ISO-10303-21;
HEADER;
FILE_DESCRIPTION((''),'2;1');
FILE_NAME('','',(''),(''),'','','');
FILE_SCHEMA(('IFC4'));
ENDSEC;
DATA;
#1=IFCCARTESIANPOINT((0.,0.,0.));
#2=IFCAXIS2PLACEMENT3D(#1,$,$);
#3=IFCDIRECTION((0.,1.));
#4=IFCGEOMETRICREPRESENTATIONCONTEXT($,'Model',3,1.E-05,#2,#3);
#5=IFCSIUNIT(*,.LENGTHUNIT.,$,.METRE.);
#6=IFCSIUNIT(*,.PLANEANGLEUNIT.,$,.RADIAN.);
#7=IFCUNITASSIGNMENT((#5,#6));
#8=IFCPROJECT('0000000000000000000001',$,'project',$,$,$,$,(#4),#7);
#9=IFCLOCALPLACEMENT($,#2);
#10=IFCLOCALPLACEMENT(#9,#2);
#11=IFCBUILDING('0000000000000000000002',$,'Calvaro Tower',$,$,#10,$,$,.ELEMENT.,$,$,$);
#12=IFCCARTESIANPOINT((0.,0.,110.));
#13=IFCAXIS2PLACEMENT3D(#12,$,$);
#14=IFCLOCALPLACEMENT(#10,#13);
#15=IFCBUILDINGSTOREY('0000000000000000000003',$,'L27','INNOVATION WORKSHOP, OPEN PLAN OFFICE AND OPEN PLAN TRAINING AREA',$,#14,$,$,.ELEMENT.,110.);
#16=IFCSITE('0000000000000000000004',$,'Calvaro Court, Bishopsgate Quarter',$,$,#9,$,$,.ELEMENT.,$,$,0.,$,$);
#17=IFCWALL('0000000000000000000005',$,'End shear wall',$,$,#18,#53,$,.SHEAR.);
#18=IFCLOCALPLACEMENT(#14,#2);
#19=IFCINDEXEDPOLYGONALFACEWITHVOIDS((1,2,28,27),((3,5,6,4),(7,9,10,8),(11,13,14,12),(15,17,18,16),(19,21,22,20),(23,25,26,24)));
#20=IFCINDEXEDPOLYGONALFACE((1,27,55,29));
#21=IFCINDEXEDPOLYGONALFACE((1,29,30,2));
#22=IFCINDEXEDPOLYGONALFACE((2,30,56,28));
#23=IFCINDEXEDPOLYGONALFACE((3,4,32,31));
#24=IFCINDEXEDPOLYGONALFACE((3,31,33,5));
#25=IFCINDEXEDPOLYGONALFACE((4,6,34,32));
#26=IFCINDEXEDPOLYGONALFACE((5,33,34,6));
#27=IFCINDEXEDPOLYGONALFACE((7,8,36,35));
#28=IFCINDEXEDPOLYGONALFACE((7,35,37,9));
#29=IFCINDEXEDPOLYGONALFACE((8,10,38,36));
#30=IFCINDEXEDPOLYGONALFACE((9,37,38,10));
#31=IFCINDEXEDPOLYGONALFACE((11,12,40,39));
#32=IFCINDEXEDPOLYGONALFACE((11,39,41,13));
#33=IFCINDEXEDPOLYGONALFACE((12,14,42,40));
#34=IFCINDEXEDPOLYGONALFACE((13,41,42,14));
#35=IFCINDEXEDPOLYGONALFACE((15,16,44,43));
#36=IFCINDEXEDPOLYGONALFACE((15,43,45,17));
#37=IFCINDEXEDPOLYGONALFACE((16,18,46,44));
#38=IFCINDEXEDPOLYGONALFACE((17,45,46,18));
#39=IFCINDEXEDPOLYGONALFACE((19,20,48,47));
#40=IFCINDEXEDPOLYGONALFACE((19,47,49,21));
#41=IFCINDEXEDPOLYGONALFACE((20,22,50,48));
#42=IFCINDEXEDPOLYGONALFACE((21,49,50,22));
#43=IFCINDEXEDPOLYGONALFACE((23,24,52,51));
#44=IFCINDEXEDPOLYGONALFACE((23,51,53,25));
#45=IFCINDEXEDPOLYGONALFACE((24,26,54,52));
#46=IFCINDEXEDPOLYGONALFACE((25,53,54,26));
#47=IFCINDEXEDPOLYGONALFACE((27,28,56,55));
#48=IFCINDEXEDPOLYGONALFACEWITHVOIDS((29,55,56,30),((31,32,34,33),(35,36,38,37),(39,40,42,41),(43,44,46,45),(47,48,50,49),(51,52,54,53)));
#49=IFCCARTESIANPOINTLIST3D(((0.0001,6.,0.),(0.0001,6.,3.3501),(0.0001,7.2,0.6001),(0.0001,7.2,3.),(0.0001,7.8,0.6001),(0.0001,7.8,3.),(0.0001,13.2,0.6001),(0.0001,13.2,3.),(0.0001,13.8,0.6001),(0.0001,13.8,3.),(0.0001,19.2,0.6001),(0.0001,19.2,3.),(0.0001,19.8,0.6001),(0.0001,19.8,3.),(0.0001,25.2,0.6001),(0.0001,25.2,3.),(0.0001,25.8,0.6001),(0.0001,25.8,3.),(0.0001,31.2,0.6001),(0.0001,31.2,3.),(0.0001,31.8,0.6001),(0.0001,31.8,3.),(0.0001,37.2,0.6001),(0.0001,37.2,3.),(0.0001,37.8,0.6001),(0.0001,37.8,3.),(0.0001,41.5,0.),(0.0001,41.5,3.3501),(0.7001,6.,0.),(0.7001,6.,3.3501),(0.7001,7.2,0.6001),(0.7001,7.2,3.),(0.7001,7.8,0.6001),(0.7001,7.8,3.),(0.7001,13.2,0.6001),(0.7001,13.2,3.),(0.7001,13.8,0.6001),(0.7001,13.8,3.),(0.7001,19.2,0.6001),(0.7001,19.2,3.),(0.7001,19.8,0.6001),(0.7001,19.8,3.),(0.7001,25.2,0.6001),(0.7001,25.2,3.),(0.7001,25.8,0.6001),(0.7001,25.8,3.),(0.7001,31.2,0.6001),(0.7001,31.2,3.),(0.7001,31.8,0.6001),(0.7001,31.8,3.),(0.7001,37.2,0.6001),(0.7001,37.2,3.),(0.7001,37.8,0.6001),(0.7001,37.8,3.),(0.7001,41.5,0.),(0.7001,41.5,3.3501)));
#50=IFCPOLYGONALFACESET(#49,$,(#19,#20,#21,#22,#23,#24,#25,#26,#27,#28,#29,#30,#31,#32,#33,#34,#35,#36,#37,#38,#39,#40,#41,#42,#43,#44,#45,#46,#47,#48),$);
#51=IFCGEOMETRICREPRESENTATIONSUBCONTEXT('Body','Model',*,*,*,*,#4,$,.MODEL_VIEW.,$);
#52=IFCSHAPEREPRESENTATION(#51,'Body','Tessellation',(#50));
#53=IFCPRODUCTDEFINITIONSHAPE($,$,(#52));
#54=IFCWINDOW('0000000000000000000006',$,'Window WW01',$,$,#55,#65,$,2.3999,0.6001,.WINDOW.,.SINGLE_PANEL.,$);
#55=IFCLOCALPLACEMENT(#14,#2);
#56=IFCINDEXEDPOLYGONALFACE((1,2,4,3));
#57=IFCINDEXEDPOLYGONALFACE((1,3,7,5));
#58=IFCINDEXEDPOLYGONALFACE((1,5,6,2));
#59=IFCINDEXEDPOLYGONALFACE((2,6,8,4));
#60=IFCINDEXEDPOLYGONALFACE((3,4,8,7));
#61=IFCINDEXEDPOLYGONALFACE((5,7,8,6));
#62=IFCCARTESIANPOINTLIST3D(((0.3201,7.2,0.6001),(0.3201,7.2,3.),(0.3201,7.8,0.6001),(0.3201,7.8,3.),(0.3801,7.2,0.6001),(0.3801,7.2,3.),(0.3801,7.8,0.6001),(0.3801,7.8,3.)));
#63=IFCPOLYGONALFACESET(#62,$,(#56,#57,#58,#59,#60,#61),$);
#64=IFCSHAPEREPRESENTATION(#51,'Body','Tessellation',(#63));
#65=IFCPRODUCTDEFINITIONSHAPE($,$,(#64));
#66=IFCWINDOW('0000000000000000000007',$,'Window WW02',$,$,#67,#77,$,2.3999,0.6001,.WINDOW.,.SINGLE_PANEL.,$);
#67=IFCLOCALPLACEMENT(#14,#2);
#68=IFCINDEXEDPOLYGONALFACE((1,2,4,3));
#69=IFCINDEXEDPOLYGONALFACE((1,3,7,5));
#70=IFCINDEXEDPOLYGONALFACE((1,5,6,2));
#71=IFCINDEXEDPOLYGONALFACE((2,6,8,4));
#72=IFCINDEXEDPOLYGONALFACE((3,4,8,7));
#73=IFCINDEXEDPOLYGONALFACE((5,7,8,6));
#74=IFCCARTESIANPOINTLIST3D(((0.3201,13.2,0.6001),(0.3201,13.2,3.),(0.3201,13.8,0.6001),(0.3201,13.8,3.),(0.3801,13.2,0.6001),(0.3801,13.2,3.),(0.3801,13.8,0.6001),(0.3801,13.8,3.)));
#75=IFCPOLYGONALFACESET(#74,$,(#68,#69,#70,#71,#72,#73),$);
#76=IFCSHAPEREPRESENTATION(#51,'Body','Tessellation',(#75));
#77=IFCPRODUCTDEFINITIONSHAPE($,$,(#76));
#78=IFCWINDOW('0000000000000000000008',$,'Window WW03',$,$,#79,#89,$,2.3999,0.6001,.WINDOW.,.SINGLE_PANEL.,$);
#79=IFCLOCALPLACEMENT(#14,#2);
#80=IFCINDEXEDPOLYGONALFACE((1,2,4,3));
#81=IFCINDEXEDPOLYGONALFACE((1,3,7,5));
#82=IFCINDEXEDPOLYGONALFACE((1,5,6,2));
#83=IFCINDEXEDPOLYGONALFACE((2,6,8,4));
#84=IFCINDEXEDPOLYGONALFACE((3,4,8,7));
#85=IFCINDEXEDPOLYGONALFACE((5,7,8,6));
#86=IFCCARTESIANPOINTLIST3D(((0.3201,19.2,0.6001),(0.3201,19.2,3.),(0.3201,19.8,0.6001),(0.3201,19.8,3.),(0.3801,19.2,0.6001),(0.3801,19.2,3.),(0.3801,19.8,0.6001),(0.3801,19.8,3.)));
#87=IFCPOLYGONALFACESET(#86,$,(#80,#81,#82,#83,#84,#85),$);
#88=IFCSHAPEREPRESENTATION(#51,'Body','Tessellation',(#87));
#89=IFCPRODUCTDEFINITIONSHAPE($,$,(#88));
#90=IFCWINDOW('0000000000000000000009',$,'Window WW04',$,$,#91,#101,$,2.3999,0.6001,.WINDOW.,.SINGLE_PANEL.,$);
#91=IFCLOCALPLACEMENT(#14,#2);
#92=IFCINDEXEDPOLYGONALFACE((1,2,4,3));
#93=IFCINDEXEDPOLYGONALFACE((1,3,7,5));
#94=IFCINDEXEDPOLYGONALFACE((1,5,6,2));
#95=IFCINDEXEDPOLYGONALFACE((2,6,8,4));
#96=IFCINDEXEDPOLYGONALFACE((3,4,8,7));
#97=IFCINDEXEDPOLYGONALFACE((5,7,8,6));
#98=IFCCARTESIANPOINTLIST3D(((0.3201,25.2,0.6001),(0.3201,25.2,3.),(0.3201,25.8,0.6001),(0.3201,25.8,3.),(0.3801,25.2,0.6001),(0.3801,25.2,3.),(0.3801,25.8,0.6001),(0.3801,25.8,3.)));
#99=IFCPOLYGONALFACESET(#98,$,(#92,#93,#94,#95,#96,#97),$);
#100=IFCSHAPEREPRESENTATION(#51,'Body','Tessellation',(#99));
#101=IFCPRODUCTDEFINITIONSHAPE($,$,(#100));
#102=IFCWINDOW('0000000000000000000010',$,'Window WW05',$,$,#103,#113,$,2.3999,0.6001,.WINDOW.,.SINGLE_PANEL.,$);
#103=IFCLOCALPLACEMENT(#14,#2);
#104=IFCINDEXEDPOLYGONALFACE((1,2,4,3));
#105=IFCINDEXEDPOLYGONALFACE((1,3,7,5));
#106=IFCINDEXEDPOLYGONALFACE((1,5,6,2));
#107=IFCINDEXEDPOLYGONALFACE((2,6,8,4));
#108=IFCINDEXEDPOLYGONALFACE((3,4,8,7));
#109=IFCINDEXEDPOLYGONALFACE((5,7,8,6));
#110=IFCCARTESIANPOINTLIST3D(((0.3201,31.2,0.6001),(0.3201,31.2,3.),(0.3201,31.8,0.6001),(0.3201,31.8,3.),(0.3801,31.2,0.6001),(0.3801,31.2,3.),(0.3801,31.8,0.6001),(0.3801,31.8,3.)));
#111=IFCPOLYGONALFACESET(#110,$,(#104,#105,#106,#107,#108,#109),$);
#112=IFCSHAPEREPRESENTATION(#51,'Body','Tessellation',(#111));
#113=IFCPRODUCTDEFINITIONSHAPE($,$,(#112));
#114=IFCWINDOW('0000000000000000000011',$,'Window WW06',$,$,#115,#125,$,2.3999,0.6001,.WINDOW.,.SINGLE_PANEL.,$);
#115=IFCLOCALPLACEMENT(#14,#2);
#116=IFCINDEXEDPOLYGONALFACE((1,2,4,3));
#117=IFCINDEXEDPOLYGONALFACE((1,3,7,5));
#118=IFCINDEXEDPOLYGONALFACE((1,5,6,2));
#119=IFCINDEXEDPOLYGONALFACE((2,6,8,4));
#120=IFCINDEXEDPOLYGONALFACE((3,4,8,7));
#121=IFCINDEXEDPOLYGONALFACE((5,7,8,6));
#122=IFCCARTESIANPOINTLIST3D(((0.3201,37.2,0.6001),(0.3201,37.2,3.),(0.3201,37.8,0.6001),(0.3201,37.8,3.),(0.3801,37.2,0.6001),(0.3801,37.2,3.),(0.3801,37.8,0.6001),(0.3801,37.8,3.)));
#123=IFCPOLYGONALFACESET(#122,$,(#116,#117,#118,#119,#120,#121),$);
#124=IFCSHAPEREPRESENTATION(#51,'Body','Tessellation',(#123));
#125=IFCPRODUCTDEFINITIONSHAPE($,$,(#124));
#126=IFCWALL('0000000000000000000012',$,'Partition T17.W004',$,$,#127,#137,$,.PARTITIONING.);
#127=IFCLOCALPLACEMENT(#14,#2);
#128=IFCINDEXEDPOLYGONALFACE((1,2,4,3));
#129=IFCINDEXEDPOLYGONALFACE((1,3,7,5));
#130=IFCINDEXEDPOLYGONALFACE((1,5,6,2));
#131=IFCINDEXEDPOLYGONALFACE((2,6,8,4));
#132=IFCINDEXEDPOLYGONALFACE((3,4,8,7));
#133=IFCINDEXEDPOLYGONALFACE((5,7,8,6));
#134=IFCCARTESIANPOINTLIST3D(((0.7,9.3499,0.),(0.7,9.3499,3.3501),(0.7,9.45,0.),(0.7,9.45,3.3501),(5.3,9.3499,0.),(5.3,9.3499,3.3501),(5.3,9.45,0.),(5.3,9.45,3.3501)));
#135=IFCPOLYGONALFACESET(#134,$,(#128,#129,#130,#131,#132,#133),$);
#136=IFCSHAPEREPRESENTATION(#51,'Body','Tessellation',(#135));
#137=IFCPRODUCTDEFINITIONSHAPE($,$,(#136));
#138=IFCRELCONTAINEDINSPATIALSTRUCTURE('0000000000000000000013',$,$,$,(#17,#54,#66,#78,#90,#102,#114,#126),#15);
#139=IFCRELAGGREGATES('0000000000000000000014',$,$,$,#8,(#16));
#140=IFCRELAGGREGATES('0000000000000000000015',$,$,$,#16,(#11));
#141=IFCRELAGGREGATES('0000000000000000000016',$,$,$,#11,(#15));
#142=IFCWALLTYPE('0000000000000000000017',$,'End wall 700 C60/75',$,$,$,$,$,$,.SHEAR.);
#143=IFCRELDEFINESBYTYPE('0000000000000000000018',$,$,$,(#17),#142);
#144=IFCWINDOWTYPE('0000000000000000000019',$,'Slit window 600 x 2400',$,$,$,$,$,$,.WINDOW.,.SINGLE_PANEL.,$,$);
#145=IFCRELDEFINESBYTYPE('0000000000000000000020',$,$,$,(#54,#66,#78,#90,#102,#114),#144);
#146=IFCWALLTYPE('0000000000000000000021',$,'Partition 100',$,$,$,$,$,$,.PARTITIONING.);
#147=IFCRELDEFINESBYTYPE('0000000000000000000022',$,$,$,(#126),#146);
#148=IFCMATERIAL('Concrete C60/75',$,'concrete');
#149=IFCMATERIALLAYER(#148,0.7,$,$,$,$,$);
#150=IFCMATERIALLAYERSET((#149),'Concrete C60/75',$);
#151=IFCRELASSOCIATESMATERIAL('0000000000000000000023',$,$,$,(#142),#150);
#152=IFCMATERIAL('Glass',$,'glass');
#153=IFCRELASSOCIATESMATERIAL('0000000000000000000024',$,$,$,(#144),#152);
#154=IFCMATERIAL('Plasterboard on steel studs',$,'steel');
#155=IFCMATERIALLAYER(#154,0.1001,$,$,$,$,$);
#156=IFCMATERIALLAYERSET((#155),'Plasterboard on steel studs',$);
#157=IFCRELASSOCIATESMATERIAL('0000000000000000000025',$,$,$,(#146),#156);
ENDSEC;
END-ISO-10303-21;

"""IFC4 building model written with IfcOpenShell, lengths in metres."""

from ifc_helpers import new_model, si_unit, direction, frame, frame_2d, origin, place, context, subcontext, project, spatial, rectangle, extrude, material, layer, layer_set, type_object, element, fill, save


model = new_model("IFC4")

# Units and contexts
model_context = context("Model", 3, precision=1e-05, world=origin(), true_north=direction((0.0, 1.0)))
body_context = subcontext(model_context, "Body", "Model", "MODEL_VIEW")
ifc_project = project(units=[si_unit("LENGTHUNIT", "METRE"), si_unit("PLANEANGLEUNIT", "RADIAN")], contexts=[model_context])

# Site, building, storey
site_placement = place(None, origin())
site = spatial("IfcSite", under=ifc_project, at=site_placement, Name="Calvaro Court, Bishopsgate Quarter", CompositionType="ELEMENT", RefElevation=0.0)
building_placement = place(site_placement, origin())
building = spatial("IfcBuilding", under=site, at=building_placement, Name="Calvaro Tower", CompositionType="ELEMENT")
storey_placement = place(building_placement, frame((0.0, 0.0, 110.0)))
storey = spatial("IfcBuildingStorey", under=building, at=storey_placement, Name="L27", Description="INNOVATION WORKSHOP, OPEN PLAN OFFICE AND OPEN PLAN TRAINING AREA", CompositionType="ELEMENT", Elevation=110.0)

# Wall, openings, windows
ifc_material_1 = material(Name="Concrete C60/75", Category="concrete")
ifc_layer_1 = layer(ifc_material_1, 0.7)
ifc_layer_set_1 = layer_set([ifc_layer_1], Name="Concrete C60/75")
wall_type_1 = type_object("IfcWallType", Name="End wall 700 C60/75", PredefinedType="SHEAR", material=ifc_layer_set_1)
wall_1_placement = place(storey_placement, frame((0.3501, 6.0, 0.0), z_axis=(0.0, 0.0, 1.0), x_axis=(0.0, 1.0, 0.0)))
wall_1 = element("IfcWall", 1, at=wall_1_placement, inside=storey, type_object=wall_type_1, Name="End shear wall", PredefinedType="SHEAR", context=body_context, shape_type="SweptSolid", body=[
    extrude(rectangle(XDim=35.5, YDim=0.7, at=frame_2d((17.75, 0.0))), origin(), (0.0, 0.0, 1.0), 3.3501),
])
opening_1_placement = place(wall_1_placement, frame((1.2, 0.0, 0.6001)))
opening_1 = element("IfcOpeningElement", 2, at=opening_1_placement, cuts=wall_1, PredefinedType="OPENING", context=body_context, shape_type="SweptSolid", body=[
    extrude(rectangle(XDim=0.6001, YDim=2.3999, at=frame_2d((0.3, 1.2))), frame((0.0, 0.3599, 0.0), z_axis=(0.0, -1.0, 0.0), x_axis=(1.0, 0.0, 0.0)), (0.0, 0.0, 1.0), 0.72),
])
opening_2_placement = place(wall_1_placement, frame((7.2, 0.0, 0.6001)))
opening_2 = element("IfcOpeningElement", 3, at=opening_2_placement, cuts=wall_1, PredefinedType="OPENING", context=body_context, shape_type="SweptSolid", body=[
    extrude(rectangle(XDim=0.6001, YDim=2.3999, at=frame_2d((0.3, 1.2))), frame((0.0, 0.3599, 0.0), z_axis=(0.0, -1.0, 0.0), x_axis=(1.0, 0.0, 0.0)), (0.0, 0.0, 1.0), 0.72),
])
opening_3_placement = place(wall_1_placement, frame((13.2, 0.0, 0.6001)))
opening_3 = element("IfcOpeningElement", 4, at=opening_3_placement, cuts=wall_1, PredefinedType="OPENING", context=body_context, shape_type="SweptSolid", body=[
    extrude(rectangle(XDim=0.6001, YDim=2.3999, at=frame_2d((0.3, 1.2))), frame((0.0, 0.3599, 0.0), z_axis=(0.0, -1.0, 0.0), x_axis=(1.0, 0.0, 0.0)), (0.0, 0.0, 1.0), 0.72),
])
opening_4_placement = place(wall_1_placement, frame((19.2, 0.0, 0.6001)))
opening_4 = element("IfcOpeningElement", 5, at=opening_4_placement, cuts=wall_1, PredefinedType="OPENING", context=body_context, shape_type="SweptSolid", body=[
    extrude(rectangle(XDim=0.6001, YDim=2.3999, at=frame_2d((0.3, 1.2))), frame((0.0, 0.3599, 0.0), z_axis=(0.0, -1.0, 0.0), x_axis=(1.0, 0.0, 0.0)), (0.0, 0.0, 1.0), 0.72),
])
opening_5_placement = place(wall_1_placement, frame((25.2, 0.0, 0.6001)))
opening_5 = element("IfcOpeningElement", 6, at=opening_5_placement, cuts=wall_1, PredefinedType="OPENING", context=body_context, shape_type="SweptSolid", body=[
    extrude(rectangle(XDim=0.6001, YDim=2.3999, at=frame_2d((0.3, 1.2))), frame((0.0, 0.3599, 0.0), z_axis=(0.0, -1.0, 0.0), x_axis=(1.0, 0.0, 0.0)), (0.0, 0.0, 1.0), 0.72),
])
opening_6_placement = place(wall_1_placement, frame((31.2, 0.0, 0.6001)))
opening_6 = element("IfcOpeningElement", 7, at=opening_6_placement, cuts=wall_1, PredefinedType="OPENING", context=body_context, shape_type="SweptSolid", body=[
    extrude(rectangle(XDim=0.6001, YDim=2.3999, at=frame_2d((0.3, 1.2))), frame((0.0, 0.3599, 0.0), z_axis=(0.0, -1.0, 0.0), x_axis=(1.0, 0.0, 0.0)), (0.0, 0.0, 1.0), 0.72),
])
ifc_material_2 = material(Name="Glass", Category="glass")
window_type = type_object("IfcWindowType", Name="Slit window 600 x 2400", PartitioningType="SINGLE_PANEL", PredefinedType="WINDOW", material=ifc_material_2)
window_1_placement = place(opening_1_placement, origin())
window_1 = element("IfcWindow", 8, at=window_1_placement, inside=storey, type_object=window_type, Name="Window WW01", OverallHeight=2.3999, OverallWidth=0.6001, PartitioningType="SINGLE_PANEL", PredefinedType="WINDOW", context=body_context, shape_type="SweptSolid", body=[
    extrude(rectangle(XDim=0.6001, YDim=2.3999, at=frame_2d((0.3, 1.2))), frame((0.0, 0.03, 0.0), z_axis=(0.0, -1.0, 0.0), x_axis=(1.0, 0.0, 0.0)), (0.0, 0.0, 1.0), 0.0601),
])
fill(opening_1, window_1)
window_2_placement = place(opening_2_placement, origin())
window_2 = element("IfcWindow", 9, at=window_2_placement, inside=storey, type_object=window_type, Name="Window WW02", OverallHeight=2.3999, OverallWidth=0.6001, PartitioningType="SINGLE_PANEL", PredefinedType="WINDOW", context=body_context, shape_type="SweptSolid", body=[
    extrude(rectangle(XDim=0.6001, YDim=2.3999, at=frame_2d((0.3, 1.2))), frame((0.0, 0.03, 0.0), z_axis=(0.0, -1.0, 0.0), x_axis=(1.0, 0.0, 0.0)), (0.0, 0.0, 1.0), 0.0601),
])
fill(opening_2, window_2)
window_3_placement = place(opening_3_placement, origin())
window_3 = element("IfcWindow", 10, at=window_3_placement, inside=storey, type_object=window_type, Name="Window WW03", OverallHeight=2.3999, OverallWidth=0.6001, PartitioningType="SINGLE_PANEL", PredefinedType="WINDOW", context=body_context, shape_type="SweptSolid", body=[
    extrude(rectangle(XDim=0.6001, YDim=2.3999, at=frame_2d((0.3, 1.2))), frame((0.0, 0.03, 0.0), z_axis=(0.0, -1.0, 0.0), x_axis=(1.0, 0.0, 0.0)), (0.0, 0.0, 1.0), 0.0601),
])
fill(opening_3, window_3)
window_4_placement = place(opening_4_placement, origin())
window_4 = element("IfcWindow", 11, at=window_4_placement, inside=storey, type_object=window_type, Name="Window WW04", OverallHeight=2.3999, OverallWidth=0.6001, PartitioningType="SINGLE_PANEL", PredefinedType="WINDOW", context=body_context, shape_type="SweptSolid", body=[
    extrude(rectangle(XDim=0.6001, YDim=2.3999, at=frame_2d((0.3, 1.2))), frame((0.0, 0.03, 0.0), z_axis=(0.0, -1.0, 0.0), x_axis=(1.0, 0.0, 0.0)), (0.0, 0.0, 1.0), 0.0601),
])
fill(opening_4, window_4)
window_5_placement = place(opening_5_placement, origin())
window_5 = element("IfcWindow", 12, at=window_5_placement, inside=storey, type_object=window_type, Name="Window WW05", OverallHeight=2.3999, OverallWidth=0.6001, PartitioningType="SINGLE_PANEL", PredefinedType="WINDOW", context=body_context, shape_type="SweptSolid", body=[
    extrude(rectangle(XDim=0.6001, YDim=2.3999, at=frame_2d((0.3, 1.2))), frame((0.0, 0.03, 0.0), z_axis=(0.0, -1.0, 0.0), x_axis=(1.0, 0.0, 0.0)), (0.0, 0.0, 1.0), 0.0601),
])
fill(opening_5, window_5)
window_6_placement = place(opening_6_placement, origin())
window_6 = element("IfcWindow", 13, at=window_6_placement, inside=storey, type_object=window_type, Name="Window WW06", OverallHeight=2.3999, OverallWidth=0.6001, PartitioningType="SINGLE_PANEL", PredefinedType="WINDOW", context=body_context, shape_type="SweptSolid", body=[
    extrude(rectangle(XDim=0.6001, YDim=2.3999, at=frame_2d((0.3, 1.2))), frame((0.0, 0.03, 0.0), z_axis=(0.0, -1.0, 0.0), x_axis=(1.0, 0.0, 0.0)), (0.0, 0.0, 1.0), 0.0601),
])
fill(opening_6, window_6)

# Wall
ifc_material_3 = material(Name="Plasterboard on steel studs", Category="steel")
ifc_layer_2 = layer(ifc_material_3, 0.1001)
ifc_layer_set_2 = layer_set([ifc_layer_2], Name="Plasterboard on steel studs")
wall_type_2 = type_object("IfcWallType", Name="Partition 100", PredefinedType="PARTITIONING", material=ifc_layer_set_2)
wall_2_placement = place(storey_placement, frame((0.7, 9.3999, 0.0), z_axis=(0.0, 0.0, 1.0), x_axis=(1.0, 0.0, 0.0)))
element("IfcWall", 14, at=wall_2_placement, inside=storey, type_object=wall_type_2, Name="Partition T17.W004", PredefinedType="PARTITIONING", context=body_context, shape_type="SweptSolid", body=[
    extrude(rectangle(XDim=4.6001, YDim=0.1001, at=frame_2d((2.3, 0.0))), origin(), (0.0, 0.0, 1.0), 3.3501),
])

save(model, "model.ifc")
